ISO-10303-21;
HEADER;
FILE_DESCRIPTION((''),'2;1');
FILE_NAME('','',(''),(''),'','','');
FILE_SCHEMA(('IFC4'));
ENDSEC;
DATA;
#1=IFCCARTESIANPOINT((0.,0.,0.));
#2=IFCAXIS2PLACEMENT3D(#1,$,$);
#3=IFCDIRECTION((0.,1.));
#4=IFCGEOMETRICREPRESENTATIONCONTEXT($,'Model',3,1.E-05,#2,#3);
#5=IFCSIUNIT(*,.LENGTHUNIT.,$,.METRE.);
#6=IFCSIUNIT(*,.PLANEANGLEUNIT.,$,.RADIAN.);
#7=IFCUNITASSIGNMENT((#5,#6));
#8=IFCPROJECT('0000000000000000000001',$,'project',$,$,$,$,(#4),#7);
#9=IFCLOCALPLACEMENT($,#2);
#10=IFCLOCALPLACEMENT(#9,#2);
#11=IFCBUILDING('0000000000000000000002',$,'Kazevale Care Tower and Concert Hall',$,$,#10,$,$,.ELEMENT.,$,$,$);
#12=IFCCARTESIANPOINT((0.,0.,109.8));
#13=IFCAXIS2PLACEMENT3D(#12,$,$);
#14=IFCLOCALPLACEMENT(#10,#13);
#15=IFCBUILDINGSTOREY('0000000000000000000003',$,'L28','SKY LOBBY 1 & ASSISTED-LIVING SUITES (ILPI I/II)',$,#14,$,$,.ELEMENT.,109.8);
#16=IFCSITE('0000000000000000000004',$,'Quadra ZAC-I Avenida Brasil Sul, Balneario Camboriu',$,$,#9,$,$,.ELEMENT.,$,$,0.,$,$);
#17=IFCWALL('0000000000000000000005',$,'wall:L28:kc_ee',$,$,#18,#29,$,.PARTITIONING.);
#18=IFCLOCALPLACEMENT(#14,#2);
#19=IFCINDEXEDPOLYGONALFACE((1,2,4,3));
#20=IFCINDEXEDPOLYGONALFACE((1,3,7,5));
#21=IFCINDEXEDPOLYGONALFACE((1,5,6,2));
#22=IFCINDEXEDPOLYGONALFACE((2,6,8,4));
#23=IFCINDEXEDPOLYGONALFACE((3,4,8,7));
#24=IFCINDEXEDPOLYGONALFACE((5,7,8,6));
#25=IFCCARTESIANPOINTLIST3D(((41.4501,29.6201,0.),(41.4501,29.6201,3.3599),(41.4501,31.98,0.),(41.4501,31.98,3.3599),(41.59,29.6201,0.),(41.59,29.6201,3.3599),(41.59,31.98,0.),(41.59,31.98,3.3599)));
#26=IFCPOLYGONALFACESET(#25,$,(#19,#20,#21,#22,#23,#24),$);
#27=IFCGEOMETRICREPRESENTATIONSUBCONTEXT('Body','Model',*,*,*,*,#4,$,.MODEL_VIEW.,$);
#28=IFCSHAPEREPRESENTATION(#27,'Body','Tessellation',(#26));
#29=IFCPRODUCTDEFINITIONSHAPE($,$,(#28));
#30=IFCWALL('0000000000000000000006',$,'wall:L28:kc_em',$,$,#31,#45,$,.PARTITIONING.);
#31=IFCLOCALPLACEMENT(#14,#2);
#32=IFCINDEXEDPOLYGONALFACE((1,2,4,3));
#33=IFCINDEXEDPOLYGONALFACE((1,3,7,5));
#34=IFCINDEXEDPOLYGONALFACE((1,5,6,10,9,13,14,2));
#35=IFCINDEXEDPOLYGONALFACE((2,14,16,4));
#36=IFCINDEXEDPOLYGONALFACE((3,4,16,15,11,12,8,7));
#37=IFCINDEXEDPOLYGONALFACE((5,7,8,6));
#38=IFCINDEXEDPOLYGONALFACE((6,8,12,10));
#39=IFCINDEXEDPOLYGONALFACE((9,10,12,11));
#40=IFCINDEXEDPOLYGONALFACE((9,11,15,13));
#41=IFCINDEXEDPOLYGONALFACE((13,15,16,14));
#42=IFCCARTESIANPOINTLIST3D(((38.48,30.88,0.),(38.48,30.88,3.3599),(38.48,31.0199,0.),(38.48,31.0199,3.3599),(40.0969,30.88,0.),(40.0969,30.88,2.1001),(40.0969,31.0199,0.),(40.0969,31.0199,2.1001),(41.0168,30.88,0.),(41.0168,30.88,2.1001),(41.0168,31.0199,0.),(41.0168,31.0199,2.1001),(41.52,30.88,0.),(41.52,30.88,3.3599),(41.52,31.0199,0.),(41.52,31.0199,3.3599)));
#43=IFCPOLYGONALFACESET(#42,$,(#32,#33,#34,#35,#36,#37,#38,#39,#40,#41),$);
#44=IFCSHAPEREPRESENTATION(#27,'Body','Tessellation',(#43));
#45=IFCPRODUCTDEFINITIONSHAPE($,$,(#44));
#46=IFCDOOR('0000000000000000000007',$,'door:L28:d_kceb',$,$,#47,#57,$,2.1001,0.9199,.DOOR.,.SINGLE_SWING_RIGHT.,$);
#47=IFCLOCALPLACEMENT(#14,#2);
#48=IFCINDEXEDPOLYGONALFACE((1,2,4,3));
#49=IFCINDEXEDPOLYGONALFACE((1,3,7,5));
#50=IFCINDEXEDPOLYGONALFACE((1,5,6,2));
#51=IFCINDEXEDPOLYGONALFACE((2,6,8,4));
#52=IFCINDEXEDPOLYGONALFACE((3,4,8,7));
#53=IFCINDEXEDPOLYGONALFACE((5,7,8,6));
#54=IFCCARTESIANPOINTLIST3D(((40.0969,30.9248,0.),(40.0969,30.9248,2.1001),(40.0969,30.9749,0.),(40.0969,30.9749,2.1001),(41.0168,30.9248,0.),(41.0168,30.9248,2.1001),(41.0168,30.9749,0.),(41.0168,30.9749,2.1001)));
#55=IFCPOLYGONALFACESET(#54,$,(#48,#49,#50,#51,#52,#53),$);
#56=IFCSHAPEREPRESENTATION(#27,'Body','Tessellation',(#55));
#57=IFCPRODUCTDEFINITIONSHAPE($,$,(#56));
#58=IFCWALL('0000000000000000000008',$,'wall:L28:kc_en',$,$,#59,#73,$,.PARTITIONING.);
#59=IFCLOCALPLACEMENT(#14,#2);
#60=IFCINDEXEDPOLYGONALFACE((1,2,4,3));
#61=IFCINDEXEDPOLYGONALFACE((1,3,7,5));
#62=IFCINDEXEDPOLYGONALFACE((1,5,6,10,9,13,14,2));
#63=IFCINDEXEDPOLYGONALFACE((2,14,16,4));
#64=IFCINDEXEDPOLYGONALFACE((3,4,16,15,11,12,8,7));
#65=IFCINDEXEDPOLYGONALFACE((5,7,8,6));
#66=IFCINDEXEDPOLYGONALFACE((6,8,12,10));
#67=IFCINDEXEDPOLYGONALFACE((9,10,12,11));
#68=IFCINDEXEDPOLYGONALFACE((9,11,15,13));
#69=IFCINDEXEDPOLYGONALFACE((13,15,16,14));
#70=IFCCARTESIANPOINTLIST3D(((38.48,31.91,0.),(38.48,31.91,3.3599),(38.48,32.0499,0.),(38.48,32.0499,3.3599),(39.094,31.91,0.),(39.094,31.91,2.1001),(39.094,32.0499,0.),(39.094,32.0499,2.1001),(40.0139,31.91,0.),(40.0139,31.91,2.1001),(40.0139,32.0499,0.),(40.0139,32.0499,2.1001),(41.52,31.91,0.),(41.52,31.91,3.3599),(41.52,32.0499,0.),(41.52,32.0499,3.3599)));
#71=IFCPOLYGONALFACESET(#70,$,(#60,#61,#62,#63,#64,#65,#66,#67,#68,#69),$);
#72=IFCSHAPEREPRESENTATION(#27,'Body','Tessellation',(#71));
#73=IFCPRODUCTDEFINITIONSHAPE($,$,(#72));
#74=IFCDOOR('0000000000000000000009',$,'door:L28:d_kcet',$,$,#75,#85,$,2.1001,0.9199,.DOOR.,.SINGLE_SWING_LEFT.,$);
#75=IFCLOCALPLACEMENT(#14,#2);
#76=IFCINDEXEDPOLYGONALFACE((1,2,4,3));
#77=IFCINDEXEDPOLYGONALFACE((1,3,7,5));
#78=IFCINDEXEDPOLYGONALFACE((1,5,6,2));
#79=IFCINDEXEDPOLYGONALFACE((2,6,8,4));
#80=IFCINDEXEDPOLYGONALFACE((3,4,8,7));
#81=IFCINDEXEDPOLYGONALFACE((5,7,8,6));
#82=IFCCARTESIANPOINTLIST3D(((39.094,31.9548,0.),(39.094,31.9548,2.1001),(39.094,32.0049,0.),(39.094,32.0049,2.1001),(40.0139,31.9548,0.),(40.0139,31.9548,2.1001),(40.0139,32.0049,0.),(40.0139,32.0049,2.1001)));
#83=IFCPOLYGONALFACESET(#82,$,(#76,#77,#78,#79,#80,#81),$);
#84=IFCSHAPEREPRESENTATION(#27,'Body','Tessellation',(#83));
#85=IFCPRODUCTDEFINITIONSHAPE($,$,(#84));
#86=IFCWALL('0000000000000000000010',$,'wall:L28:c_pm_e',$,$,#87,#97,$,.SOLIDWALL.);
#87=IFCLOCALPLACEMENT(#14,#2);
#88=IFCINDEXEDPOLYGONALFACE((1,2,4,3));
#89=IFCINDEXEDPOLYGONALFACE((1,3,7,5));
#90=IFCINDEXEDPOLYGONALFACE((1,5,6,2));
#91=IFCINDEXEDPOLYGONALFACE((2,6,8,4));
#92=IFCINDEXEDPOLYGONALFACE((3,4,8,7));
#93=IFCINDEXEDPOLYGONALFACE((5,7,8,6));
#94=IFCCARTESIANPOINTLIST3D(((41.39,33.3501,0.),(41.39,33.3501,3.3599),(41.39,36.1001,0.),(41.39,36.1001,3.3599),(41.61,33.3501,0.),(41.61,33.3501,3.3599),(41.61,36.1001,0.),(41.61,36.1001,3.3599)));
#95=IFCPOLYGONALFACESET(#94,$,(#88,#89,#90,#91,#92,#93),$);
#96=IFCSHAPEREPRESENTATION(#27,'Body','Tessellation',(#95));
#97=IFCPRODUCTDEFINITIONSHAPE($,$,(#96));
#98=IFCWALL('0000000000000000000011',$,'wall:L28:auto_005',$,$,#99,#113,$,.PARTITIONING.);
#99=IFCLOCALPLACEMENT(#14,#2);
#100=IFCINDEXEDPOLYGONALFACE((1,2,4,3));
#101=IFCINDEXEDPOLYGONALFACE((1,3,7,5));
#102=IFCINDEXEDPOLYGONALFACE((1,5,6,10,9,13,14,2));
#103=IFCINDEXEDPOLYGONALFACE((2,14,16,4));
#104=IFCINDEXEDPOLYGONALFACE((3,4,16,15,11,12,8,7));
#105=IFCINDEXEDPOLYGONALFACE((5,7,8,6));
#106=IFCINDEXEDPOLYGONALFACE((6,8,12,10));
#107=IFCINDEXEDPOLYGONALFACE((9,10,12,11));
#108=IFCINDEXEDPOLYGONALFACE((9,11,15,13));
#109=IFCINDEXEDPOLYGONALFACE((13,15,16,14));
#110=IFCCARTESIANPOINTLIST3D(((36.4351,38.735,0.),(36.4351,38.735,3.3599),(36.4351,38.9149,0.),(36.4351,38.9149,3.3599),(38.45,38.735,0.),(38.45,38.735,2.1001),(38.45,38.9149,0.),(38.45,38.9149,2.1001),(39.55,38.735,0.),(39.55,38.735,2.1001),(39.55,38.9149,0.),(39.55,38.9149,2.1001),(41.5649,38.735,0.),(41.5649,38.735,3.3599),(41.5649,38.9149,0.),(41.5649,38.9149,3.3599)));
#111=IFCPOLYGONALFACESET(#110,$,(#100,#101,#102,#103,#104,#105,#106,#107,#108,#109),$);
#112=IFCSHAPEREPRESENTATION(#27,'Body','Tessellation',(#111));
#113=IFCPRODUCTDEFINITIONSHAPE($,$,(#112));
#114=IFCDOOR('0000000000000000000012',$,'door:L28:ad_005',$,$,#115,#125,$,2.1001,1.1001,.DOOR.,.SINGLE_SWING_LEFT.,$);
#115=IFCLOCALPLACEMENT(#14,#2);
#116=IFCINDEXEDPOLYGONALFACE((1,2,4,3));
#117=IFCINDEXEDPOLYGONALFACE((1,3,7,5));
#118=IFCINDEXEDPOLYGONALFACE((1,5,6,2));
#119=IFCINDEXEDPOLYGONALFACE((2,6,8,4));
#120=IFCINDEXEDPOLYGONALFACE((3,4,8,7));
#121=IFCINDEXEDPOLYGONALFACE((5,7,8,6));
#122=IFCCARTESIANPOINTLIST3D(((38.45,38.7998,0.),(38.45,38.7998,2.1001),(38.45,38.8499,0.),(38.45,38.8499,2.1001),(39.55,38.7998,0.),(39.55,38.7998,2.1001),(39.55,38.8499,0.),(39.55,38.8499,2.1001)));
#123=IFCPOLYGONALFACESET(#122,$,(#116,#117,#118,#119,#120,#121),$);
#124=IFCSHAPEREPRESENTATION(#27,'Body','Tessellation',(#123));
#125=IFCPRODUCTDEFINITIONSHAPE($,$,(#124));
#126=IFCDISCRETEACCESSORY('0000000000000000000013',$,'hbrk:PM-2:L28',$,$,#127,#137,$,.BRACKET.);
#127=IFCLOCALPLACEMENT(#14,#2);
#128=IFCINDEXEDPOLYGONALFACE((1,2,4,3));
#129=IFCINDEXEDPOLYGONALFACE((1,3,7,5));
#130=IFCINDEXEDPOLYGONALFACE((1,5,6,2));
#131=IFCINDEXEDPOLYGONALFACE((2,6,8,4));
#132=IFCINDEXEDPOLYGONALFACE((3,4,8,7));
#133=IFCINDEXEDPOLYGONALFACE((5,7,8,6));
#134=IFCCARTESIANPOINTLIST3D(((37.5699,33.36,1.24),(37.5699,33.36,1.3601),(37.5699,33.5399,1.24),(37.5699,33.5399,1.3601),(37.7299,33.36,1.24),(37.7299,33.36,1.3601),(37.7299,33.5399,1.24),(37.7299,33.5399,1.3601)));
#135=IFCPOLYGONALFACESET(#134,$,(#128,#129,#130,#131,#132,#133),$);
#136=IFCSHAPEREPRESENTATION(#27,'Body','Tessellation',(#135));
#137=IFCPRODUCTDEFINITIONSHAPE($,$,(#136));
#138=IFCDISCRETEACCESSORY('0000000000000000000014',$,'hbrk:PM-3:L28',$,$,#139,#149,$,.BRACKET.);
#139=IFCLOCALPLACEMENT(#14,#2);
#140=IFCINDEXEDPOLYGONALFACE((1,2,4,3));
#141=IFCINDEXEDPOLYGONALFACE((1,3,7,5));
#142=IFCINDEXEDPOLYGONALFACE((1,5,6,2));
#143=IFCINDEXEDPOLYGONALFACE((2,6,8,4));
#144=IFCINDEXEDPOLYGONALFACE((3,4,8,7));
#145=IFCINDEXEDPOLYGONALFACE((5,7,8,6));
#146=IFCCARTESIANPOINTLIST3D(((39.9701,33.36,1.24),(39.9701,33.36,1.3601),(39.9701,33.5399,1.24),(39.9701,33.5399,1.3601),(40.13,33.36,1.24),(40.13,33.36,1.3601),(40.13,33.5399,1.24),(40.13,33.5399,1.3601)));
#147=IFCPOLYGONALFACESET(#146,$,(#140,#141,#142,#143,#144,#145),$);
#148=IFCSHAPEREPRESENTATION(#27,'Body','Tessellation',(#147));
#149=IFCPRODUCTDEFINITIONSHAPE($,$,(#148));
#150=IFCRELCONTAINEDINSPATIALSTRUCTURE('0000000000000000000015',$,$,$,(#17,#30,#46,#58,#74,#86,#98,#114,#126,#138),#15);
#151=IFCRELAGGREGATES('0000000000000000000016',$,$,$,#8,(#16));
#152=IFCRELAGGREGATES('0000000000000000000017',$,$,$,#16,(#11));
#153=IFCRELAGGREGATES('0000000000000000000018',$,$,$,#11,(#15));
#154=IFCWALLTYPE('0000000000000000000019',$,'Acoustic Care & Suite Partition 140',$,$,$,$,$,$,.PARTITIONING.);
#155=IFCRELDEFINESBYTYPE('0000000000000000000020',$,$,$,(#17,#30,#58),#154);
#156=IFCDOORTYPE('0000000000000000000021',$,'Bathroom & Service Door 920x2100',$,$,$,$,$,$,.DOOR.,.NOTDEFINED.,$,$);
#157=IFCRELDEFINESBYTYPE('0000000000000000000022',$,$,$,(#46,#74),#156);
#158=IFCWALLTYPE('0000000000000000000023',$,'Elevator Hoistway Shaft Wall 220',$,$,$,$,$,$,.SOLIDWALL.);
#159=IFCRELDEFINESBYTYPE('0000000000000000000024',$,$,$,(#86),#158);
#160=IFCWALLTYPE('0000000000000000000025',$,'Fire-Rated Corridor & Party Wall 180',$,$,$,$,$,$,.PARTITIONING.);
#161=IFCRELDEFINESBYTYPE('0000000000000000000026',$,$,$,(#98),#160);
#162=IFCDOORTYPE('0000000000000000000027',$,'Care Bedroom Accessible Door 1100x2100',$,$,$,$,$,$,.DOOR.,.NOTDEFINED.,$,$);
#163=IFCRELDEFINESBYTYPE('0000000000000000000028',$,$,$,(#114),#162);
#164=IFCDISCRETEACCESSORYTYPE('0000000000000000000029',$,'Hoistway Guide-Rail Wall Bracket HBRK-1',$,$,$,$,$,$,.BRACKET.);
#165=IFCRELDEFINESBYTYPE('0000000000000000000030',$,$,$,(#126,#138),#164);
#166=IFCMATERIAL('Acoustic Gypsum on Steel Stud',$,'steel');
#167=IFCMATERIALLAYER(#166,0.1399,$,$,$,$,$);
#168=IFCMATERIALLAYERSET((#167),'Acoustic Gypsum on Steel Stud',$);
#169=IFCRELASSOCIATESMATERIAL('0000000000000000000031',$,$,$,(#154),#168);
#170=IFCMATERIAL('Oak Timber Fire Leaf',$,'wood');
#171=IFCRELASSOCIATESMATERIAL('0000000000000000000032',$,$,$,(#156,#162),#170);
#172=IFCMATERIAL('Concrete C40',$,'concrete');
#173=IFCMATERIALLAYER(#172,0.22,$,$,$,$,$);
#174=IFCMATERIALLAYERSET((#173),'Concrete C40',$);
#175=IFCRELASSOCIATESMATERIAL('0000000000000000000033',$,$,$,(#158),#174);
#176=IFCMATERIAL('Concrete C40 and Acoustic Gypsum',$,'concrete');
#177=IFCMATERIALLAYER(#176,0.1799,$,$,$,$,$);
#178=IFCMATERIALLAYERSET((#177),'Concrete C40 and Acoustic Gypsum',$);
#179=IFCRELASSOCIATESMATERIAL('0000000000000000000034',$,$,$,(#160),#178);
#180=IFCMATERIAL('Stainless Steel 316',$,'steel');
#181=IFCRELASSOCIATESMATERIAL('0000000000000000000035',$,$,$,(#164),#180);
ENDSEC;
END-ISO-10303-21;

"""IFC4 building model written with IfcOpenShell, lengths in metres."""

from ifc_helpers import new_model, si_unit, direction, frame, frame_2d, origin, origin_2d, place, context, subcontext, project, spatial, rectangle, extrude, material, layer, layer_set, type_object, element, fill, save


model = new_model("IFC4")

# Units and contexts
model_context = context("Model", 3, precision=1e-05, world=origin(), true_north=direction((0.0, 1.0)))
body_context = subcontext(model_context, "Body", "Model", "MODEL_VIEW")
ifc_project = project(units=[si_unit("LENGTHUNIT", "METRE"), si_unit("PLANEANGLEUNIT", "RADIAN")], contexts=[model_context])

# Site, building, storey
site_placement = place(None, origin())
site = spatial("IfcSite", under=ifc_project, at=site_placement, Name="Quadra ZAC-I Avenida Brasil Sul, Balneario Camboriu", CompositionType="ELEMENT", RefElevation=0.0)
building_placement = place(site_placement, origin())
building = spatial("IfcBuilding", under=site, at=building_placement, Name="Kazevale Care Tower and Concert Hall", CompositionType="ELEMENT")
storey_placement = place(building_placement, frame((0.0, 0.0, 109.8)))
storey = spatial("IfcBuildingStorey", under=building, at=storey_placement, Name="L28", Description="SKY LOBBY 1 & ASSISTED-LIVING SUITES (ILPI I/II)", CompositionType="ELEMENT", Elevation=109.8)

# Wall
ifc_material_1 = material(Name="Acoustic Gypsum on Steel Stud", Category="steel")
ifc_layer_1 = layer(ifc_material_1, 0.1399)
ifc_layer_set_1 = layer_set([ifc_layer_1], Name="Acoustic Gypsum on Steel Stud")
wall_type_1 = type_object("IfcWallType", Name="Acoustic Care & Suite Partition 140", PredefinedType="PARTITIONING", material=ifc_layer_set_1)
for number, where, z_axis, x_axis, name in (
    (1, (41.52, 29.6201, 0.0), (0.0, 0.0, 1.0), (0.0, 1.0, 0.0), "wall:L28:kc_ee"),
):
    element("IfcWall", number, at=place(storey_placement, frame(where, z_axis=z_axis, x_axis=x_axis)), inside=storey, type_object=wall_type_1, Name=name, PredefinedType="PARTITIONING", context=body_context, shape_type="SweptSolid", body=[
        extrude(rectangle(XDim=2.3599, YDim=0.1399, at=frame_2d((1.1799, 0.0))), origin(), (0.0, 0.0, 1.0), 3.3599),
    ])

# Walls, openings, doors
wall_1_placement = place(storey_placement, frame((38.48, 30.95, 0.0), z_axis=(0.0, 0.0, 1.0), x_axis=(1.0, 0.0, 0.0)))
wall_1 = element("IfcWall", 2, at=wall_1_placement, inside=storey, type_object=wall_type_1, Name="wall:L28:kc_em", PredefinedType="PARTITIONING", context=body_context, shape_type="SweptSolid", body=[
    extrude(rectangle(XDim=3.04, YDim=0.1399, at=frame_2d((1.52, 0.0))), origin(), (0.0, 0.0, 1.0), 3.3599),
])
opening_1_placement = place(wall_1_placement, frame((1.6169, 0.0, 0.0)))
opening_1 = element("IfcOpeningElement", 3, at=opening_1_placement, cuts=wall_1, PredefinedType="OPENING", context=body_context, shape_type="SweptSolid", body=[
    extrude(rectangle(XDim=0.9199, YDim=2.1001, at=frame_2d((0.46, 1.05))), frame((0.0, 0.0798, 0.0), z_axis=(0.0, -1.0, 0.0), x_axis=(1.0, 0.0, 0.0)), (0.0, 0.0, 1.0), 0.1599),
])
ifc_material_2 = material(Name="Oak Timber Fire Leaf", Category="wood")
door_type_1 = type_object("IfcDoorType", Name="Bathroom & Service Door 920x2100", OperationType="NOTDEFINED", PredefinedType="DOOR", material=ifc_material_2)
door_1_placement = place(opening_1_placement, origin())
door_1 = element("IfcDoor", 4, at=door_1_placement, inside=storey, type_object=door_type_1, Name="door:L28:d_kceb", OperationType="SINGLE_SWING_RIGHT", OverallHeight=2.1001, OverallWidth=0.9199, PredefinedType="DOOR", context=body_context, shape_type="SweptSolid", body=[
    extrude(rectangle(XDim=0.9199, YDim=2.1001, at=frame_2d((0.46, 1.05))), frame((0.0, 0.0249, 0.0), z_axis=(0.0, -1.0, 0.0), x_axis=(1.0, 0.0, 0.0)), (0.0, 0.0, 1.0), 0.05),
])
fill(opening_1, door_1)
wall_2_placement = place(storey_placement, frame((38.48, 31.98, 0.0), z_axis=(0.0, 0.0, 1.0), x_axis=(1.0, 0.0, 0.0)))
wall_2 = element("IfcWall", 5, at=wall_2_placement, inside=storey, type_object=wall_type_1, Name="wall:L28:kc_en", PredefinedType="PARTITIONING", context=body_context, shape_type="SweptSolid", body=[
    extrude(rectangle(XDim=3.04, YDim=0.1399, at=frame_2d((1.52, 0.0))), origin(), (0.0, 0.0, 1.0), 3.3599),
])
opening_2_placement = place(wall_2_placement, frame((0.614, 0.0, 0.0)))
opening_2 = element("IfcOpeningElement", 6, at=opening_2_placement, cuts=wall_2, PredefinedType="OPENING", context=body_context, shape_type="SweptSolid", body=[
    extrude(rectangle(XDim=0.9199, YDim=2.1001, at=frame_2d((0.46, 1.05))), frame((0.0, 0.0798, 0.0), z_axis=(0.0, -1.0, 0.0), x_axis=(1.0, 0.0, 0.0)), (0.0, 0.0, 1.0), 0.1599),
])
door_2_placement = place(opening_2_placement, origin())
door_2 = element("IfcDoor", 7, at=door_2_placement, inside=storey, type_object=door_type_1, Name="door:L28:d_kcet", OperationType="SINGLE_SWING_LEFT", OverallHeight=2.1001, OverallWidth=0.9199, PredefinedType="DOOR", context=body_context, shape_type="SweptSolid", body=[
    extrude(rectangle(XDim=0.9199, YDim=2.1001, at=frame_2d((0.46, 1.05))), frame((0.0, 0.0249, 0.0), z_axis=(0.0, -1.0, 0.0), x_axis=(1.0, 0.0, 0.0)), (0.0, 0.0, 1.0), 0.05),
])
fill(opening_2, door_2)

# Wall
ifc_material_3 = material(Name="Concrete C40", Category="concrete")
ifc_layer_2 = layer(ifc_material_3, 0.22)
ifc_layer_set_2 = layer_set([ifc_layer_2], Name="Concrete C40")
wall_type_2 = type_object("IfcWallType", Name="Elevator Hoistway Shaft Wall 220", PredefinedType="SOLIDWALL", material=ifc_layer_set_2)
wall_3_placement = place(storey_placement, frame((41.5, 33.3501, 0.0), z_axis=(0.0, 0.0, 1.0), x_axis=(0.0, 1.0, 0.0)))
element("IfcWall", 8, at=wall_3_placement, inside=storey, type_object=wall_type_2, Name="wall:L28:c_pm_e", PredefinedType="SOLIDWALL", context=body_context, shape_type="SweptSolid", body=[
    extrude(rectangle(XDim=2.75, YDim=0.22, at=frame_2d((1.375, 0.0))), origin(), (0.0, 0.0, 1.0), 3.3599),
])

# Wall, opening, door
ifc_material_4 = material(Name="Concrete C40 and Acoustic Gypsum", Category="concrete")
ifc_layer_3 = layer(ifc_material_4, 0.1799)
ifc_layer_set_3 = layer_set([ifc_layer_3], Name="Concrete C40 and Acoustic Gypsum")
wall_type_3 = type_object("IfcWallType", Name="Fire-Rated Corridor & Party Wall 180", PredefinedType="PARTITIONING", material=ifc_layer_set_3)
wall_4_placement = place(storey_placement, frame((36.4351, 38.825, 0.0), z_axis=(0.0, 0.0, 1.0), x_axis=(1.0, 0.0, 0.0)))
wall_4 = element("IfcWall", 9, at=wall_4_placement, inside=storey, type_object=wall_type_3, Name="wall:L28:auto_005", PredefinedType="PARTITIONING", context=body_context, shape_type="SweptSolid", body=[
    extrude(rectangle(XDim=5.1299, YDim=0.1799, at=frame_2d((2.5649, 0.0))), origin(), (0.0, 0.0, 1.0), 3.3599),
])
opening_3_placement = place(wall_4_placement, frame((2.0149, 0.0, 0.0)))
opening_3 = element("IfcOpeningElement", 10, at=opening_3_placement, cuts=wall_4, PredefinedType="OPENING", context=body_context, shape_type="SweptSolid", body=[
    extrude(rectangle(XDim=1.1001, YDim=2.1001, at=frame_2d((0.55, 1.05))), frame((0.0, 0.0999, 0.0), z_axis=(0.0, -1.0, 0.0), x_axis=(1.0, 0.0, 0.0)), (0.0, 0.0, 1.0), 0.2),
])
door_type_2 = type_object("IfcDoorType", Name="Care Bedroom Accessible Door 1100x2100", OperationType="NOTDEFINED", PredefinedType="DOOR", material=ifc_material_2)
door_3_placement = place(opening_3_placement, origin())
door_3 = element("IfcDoor", 11, at=door_3_placement, inside=storey, type_object=door_type_2, Name="door:L28:ad_005", OperationType="SINGLE_SWING_LEFT", OverallHeight=2.1001, OverallWidth=1.1001, PredefinedType="DOOR", context=body_context, shape_type="SweptSolid", body=[
    extrude(rectangle(XDim=1.1001, YDim=2.1001, at=frame_2d((0.55, 1.05))), frame((0.0, 0.0249, 0.0), z_axis=(0.0, -1.0, 0.0), x_axis=(1.0, 0.0, 0.0)), (0.0, 0.0, 1.0), 0.05),
])
fill(opening_3, door_3)

# Discrete accessories
ifc_material_5 = material(Name="Stainless Steel 316", Category="steel")
discrete_accessory_type = type_object("IfcDiscreteAccessoryType", Name="Hoistway Guide-Rail Wall Bracket HBRK-1", PredefinedType="BRACKET", material=ifc_material_5)
for number, where, z_axis, x_axis, name in (
    (12, (37.6499, 33.45, 1.24), (0.0, 0.0, 1.0), (1.0, 0.0, 0.0), "hbrk:PM-2:L28"),
    (13, (40.05, 33.45, 1.24), (0.0, 0.0, 1.0), (1.0, 0.0, 0.0), "hbrk:PM-3:L28"),
):
    element("IfcDiscreteAccessory", number, at=place(storey_placement, frame(where, z_axis=z_axis, x_axis=x_axis)), inside=storey, type_object=discrete_accessory_type, Name=name, PredefinedType="BRACKET", context=body_context, shape_type="SweptSolid", body=[
        extrude(rectangle(XDim=0.1599, YDim=0.1799, at=origin_2d()), origin(), (0.0, 0.0, 1.0), 0.1201),
    ])

save(model, "model.ifc")
